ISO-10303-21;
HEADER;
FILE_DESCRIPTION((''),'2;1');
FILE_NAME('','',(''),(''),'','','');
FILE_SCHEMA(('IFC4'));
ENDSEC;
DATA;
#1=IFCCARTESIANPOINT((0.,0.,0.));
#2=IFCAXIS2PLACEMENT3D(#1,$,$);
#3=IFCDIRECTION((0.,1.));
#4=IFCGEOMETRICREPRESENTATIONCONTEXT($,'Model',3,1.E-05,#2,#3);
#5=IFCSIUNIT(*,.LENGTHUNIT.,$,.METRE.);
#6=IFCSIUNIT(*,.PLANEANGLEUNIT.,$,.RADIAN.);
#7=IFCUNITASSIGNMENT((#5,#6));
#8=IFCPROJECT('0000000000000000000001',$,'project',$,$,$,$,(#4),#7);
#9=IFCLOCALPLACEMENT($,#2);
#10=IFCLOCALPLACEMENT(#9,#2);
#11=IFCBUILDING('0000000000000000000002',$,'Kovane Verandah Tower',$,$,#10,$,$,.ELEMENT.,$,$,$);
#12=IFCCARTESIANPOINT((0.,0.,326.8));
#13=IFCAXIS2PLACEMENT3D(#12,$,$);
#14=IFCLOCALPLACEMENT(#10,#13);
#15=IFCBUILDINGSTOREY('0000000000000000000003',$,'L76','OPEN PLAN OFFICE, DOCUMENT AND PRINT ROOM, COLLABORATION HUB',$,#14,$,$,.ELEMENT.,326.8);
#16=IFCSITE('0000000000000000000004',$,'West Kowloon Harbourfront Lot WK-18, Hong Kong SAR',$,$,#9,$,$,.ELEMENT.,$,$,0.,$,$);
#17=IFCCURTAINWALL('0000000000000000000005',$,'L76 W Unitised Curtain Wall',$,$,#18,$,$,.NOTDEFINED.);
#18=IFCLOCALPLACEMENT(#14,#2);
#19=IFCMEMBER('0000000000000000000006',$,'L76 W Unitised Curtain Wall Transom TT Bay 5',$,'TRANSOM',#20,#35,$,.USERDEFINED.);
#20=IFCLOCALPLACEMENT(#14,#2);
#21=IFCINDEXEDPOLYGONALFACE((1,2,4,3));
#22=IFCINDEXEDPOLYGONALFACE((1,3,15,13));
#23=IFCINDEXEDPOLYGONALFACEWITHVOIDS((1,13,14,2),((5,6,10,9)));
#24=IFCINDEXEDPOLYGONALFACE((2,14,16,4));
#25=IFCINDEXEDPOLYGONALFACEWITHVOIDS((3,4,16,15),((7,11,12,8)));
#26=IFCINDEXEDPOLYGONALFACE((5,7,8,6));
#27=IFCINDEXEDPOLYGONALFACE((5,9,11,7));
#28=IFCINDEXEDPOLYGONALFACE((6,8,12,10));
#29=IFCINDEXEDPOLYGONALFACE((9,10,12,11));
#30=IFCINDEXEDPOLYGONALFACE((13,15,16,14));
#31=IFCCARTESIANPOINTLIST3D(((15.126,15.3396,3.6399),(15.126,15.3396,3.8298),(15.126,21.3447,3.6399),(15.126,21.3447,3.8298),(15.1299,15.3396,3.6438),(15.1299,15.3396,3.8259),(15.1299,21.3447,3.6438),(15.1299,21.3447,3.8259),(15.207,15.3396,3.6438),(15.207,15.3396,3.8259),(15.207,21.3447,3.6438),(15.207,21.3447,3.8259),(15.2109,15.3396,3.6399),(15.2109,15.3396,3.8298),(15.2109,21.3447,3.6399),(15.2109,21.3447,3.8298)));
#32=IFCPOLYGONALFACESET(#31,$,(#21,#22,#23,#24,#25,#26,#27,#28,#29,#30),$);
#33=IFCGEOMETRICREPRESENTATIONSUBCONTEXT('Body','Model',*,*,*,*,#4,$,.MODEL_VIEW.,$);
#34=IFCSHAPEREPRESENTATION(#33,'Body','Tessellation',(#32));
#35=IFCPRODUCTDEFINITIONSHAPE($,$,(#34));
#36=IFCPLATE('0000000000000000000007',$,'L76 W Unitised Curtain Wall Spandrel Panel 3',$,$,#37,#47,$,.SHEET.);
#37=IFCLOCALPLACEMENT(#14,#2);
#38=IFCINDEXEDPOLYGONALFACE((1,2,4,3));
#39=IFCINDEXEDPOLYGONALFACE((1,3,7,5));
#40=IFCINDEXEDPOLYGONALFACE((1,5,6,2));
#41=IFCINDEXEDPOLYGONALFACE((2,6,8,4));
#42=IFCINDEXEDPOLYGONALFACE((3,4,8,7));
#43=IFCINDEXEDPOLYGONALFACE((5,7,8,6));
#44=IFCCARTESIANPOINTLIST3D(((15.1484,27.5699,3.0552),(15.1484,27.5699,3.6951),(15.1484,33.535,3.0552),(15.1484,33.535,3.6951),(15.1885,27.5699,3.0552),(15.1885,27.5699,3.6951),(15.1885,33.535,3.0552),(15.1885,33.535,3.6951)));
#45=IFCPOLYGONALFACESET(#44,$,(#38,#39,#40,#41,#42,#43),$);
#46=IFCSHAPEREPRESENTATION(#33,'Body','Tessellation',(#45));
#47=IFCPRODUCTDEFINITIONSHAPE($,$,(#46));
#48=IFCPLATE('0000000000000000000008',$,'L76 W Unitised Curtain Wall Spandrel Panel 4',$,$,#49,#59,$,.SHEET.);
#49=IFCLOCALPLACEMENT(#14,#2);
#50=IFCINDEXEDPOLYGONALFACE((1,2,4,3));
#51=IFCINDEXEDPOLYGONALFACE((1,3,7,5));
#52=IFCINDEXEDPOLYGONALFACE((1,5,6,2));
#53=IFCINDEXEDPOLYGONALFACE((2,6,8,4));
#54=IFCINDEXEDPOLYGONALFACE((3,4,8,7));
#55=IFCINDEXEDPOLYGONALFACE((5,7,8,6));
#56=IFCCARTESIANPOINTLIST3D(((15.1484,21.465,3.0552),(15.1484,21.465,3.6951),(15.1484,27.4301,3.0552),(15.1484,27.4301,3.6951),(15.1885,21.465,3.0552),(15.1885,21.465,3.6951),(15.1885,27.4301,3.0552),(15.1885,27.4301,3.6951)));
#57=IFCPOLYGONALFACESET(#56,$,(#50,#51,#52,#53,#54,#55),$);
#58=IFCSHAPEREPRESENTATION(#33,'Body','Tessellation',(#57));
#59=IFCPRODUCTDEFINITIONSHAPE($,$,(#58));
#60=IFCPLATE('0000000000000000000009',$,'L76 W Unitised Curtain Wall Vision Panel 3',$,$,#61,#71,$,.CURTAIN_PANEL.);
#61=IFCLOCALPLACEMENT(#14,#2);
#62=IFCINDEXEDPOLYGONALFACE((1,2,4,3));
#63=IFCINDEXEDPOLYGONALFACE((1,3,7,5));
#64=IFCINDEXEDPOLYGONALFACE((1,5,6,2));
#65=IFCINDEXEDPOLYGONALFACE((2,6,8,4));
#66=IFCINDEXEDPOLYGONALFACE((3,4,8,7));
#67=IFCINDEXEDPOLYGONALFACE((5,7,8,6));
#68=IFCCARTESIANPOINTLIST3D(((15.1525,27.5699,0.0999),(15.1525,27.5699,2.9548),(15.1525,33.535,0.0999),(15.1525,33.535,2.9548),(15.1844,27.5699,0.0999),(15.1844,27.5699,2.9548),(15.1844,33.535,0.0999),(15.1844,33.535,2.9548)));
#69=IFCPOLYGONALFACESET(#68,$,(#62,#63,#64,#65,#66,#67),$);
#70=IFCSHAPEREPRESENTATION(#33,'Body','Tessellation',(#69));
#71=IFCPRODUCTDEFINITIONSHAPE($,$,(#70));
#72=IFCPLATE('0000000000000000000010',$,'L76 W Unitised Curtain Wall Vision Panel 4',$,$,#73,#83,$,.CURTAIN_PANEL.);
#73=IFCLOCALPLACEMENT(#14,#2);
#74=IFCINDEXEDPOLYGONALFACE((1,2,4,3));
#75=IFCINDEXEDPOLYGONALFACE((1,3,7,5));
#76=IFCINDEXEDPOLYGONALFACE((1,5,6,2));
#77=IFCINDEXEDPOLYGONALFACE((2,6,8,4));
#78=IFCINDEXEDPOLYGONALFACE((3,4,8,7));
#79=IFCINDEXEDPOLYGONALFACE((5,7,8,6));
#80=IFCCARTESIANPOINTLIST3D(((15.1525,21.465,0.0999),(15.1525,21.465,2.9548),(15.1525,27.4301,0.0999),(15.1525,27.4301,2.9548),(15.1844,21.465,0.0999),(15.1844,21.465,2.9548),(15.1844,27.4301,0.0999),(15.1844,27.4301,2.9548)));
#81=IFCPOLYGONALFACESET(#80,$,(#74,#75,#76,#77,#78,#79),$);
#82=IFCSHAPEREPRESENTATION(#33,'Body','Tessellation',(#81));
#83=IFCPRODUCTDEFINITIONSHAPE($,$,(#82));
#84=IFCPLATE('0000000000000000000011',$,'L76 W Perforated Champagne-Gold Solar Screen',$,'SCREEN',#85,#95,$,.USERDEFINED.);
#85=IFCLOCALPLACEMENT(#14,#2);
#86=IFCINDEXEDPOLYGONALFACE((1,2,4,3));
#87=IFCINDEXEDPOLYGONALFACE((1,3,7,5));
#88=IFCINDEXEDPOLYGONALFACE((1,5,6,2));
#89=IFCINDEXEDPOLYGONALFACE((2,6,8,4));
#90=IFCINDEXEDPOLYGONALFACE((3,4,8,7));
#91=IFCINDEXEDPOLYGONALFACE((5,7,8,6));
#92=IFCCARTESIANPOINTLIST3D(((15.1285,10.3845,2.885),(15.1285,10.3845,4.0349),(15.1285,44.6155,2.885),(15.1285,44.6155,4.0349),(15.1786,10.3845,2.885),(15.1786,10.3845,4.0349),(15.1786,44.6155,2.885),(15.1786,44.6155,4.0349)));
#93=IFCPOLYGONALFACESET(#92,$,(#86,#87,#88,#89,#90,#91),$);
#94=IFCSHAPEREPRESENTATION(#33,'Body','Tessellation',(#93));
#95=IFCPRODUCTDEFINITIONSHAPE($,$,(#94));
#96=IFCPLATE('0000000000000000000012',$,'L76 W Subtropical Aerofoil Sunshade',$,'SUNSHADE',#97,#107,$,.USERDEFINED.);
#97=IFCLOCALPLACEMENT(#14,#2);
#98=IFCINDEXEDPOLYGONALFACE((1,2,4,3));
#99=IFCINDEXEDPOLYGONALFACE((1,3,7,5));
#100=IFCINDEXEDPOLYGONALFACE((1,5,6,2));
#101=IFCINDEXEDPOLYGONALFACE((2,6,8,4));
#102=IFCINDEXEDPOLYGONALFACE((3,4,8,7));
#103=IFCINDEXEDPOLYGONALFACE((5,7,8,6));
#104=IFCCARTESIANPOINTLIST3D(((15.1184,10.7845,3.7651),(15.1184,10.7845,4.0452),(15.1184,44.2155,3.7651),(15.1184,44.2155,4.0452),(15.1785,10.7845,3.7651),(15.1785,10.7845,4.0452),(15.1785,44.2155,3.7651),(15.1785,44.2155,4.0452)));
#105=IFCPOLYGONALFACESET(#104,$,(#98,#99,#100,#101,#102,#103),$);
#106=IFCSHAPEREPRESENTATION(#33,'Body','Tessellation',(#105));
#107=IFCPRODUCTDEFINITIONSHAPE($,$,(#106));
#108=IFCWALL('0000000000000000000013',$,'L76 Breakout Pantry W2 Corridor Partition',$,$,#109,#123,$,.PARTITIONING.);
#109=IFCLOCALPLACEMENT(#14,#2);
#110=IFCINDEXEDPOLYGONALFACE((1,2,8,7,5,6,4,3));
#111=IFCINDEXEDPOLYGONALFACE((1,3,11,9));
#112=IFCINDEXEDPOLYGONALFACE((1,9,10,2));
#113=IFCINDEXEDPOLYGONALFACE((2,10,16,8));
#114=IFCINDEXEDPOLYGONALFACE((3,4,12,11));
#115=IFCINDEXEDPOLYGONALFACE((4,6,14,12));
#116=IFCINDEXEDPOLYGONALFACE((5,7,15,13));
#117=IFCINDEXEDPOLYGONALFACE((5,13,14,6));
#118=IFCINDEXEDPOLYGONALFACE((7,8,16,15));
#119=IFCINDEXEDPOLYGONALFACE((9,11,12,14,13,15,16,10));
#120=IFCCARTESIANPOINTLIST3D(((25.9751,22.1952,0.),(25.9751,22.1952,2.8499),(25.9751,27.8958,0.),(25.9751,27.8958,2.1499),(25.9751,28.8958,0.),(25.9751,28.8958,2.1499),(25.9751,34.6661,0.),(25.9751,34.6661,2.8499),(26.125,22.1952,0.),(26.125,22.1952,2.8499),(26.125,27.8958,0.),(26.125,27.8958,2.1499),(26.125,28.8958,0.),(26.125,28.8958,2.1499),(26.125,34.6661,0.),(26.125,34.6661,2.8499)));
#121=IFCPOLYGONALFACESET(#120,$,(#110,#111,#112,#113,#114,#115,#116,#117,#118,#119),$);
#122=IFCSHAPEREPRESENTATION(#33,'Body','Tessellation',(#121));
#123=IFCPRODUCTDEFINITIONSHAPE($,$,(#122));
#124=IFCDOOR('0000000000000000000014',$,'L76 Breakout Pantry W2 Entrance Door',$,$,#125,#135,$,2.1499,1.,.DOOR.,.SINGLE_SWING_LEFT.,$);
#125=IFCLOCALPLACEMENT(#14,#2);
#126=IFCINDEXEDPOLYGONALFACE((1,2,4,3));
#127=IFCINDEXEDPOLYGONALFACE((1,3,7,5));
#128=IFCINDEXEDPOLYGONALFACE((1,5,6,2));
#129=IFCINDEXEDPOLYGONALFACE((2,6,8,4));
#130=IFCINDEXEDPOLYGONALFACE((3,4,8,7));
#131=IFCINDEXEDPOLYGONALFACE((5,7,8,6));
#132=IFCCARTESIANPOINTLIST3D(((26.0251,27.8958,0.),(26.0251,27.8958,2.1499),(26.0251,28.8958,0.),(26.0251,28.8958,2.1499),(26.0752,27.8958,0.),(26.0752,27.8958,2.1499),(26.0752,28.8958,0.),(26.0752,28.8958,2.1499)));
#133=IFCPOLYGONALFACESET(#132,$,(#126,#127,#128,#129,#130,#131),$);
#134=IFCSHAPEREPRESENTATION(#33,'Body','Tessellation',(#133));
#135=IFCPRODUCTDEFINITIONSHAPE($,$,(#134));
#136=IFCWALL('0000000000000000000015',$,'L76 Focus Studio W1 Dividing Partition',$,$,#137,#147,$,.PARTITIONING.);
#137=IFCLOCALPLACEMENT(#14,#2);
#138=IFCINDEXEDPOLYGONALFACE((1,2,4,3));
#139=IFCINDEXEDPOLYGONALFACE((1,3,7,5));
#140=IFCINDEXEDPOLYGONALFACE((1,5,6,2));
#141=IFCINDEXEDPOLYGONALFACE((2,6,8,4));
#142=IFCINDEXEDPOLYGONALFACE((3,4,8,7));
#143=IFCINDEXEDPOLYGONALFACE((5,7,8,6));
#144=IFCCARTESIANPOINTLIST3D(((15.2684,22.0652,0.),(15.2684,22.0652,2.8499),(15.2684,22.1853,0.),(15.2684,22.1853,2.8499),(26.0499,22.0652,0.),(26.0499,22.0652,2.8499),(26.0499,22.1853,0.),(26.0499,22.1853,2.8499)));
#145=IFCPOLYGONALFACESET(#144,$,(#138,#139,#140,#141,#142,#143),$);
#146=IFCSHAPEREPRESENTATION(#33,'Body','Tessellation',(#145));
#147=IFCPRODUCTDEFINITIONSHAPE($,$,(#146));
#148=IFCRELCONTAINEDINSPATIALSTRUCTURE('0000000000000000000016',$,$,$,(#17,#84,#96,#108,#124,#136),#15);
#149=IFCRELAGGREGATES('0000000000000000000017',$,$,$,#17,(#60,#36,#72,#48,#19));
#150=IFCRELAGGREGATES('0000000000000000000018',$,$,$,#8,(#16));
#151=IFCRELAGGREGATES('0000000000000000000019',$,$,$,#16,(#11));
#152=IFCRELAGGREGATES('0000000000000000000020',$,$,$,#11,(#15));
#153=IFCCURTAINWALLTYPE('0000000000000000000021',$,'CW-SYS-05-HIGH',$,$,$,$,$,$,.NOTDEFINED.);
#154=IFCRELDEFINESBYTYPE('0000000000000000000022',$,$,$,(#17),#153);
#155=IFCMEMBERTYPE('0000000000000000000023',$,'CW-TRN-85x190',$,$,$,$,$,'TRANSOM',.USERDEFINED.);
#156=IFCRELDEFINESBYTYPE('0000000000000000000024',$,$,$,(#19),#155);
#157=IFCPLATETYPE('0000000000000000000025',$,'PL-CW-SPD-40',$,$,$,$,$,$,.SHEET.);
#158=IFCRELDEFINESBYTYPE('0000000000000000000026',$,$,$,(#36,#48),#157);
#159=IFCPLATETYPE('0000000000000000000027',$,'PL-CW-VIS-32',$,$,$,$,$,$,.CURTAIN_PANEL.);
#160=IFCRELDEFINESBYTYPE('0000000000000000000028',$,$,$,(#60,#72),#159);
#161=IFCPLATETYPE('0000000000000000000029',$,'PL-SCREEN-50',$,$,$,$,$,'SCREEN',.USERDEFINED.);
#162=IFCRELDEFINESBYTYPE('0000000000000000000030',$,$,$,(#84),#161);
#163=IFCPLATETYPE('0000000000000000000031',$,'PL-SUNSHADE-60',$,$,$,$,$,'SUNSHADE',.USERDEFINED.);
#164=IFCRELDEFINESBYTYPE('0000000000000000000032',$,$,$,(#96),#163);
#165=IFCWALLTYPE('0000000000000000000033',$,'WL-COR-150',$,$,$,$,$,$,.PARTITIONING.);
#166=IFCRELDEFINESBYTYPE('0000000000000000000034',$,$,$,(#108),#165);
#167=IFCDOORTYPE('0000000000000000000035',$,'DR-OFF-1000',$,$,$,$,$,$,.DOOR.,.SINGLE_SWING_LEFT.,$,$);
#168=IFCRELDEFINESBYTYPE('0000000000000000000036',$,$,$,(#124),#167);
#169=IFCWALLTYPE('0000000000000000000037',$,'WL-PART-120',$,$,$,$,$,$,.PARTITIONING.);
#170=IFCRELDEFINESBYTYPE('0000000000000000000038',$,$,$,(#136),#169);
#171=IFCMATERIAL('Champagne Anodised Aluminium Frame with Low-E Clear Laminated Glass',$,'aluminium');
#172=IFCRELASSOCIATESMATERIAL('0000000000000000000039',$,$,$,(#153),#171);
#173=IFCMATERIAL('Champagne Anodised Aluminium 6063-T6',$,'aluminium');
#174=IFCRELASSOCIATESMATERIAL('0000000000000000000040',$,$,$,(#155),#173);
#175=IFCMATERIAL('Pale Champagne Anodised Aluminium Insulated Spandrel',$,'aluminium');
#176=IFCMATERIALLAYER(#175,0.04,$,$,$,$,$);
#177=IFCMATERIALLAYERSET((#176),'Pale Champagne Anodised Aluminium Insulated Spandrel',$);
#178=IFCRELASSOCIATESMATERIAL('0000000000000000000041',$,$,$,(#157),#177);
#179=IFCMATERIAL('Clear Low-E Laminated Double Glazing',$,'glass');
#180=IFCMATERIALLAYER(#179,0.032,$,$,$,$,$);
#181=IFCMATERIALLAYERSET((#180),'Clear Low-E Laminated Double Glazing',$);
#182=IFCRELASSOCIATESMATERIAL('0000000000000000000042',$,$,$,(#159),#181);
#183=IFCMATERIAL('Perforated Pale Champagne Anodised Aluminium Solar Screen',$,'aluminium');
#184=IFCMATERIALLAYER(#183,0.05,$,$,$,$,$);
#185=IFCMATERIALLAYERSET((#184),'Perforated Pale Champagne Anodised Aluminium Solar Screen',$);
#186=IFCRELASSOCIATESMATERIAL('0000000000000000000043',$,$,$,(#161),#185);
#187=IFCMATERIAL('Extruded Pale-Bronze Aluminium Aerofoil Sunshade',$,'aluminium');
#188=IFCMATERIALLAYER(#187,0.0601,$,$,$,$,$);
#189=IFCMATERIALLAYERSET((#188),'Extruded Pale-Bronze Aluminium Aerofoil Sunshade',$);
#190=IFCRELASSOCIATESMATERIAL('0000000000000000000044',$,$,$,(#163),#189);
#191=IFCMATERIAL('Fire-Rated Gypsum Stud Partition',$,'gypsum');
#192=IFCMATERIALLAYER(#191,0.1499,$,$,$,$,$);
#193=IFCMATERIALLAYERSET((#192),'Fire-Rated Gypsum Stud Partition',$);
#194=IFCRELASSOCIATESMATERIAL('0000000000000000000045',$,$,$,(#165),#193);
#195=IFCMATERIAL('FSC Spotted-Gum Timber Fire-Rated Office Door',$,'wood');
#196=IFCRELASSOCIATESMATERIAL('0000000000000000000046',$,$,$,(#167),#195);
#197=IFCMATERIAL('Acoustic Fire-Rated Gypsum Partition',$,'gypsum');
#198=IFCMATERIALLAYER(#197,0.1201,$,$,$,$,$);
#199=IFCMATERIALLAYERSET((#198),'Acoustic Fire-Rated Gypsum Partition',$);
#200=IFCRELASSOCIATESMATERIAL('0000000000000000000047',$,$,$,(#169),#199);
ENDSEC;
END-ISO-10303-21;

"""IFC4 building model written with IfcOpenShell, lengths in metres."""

from ifc_helpers import new_model, si_unit, direction, frame, frame_2d, origin, origin_2d, place, context, subcontext, project, spatial, rectangle, hollow_rectangle, extrude, material, layer, layer_set, material_profile, profile_set, type_object, element, fill, aggregate, save


model = new_model("IFC4")

# Units and contexts
model_context = context("Model", 3, precision=1e-05, world=origin(), true_north=direction((0.0, 1.0)))
body_context = subcontext(model_context, "Body", "Model", "MODEL_VIEW")
ifc_project = project(units=[si_unit("LENGTHUNIT", "METRE"), si_unit("PLANEANGLEUNIT", "RADIAN")], contexts=[model_context])

# Site, building, storey
site_placement = place(None, origin())
site = spatial("IfcSite", under=ifc_project, at=site_placement, Name="West Kowloon Harbourfront Lot WK-18, Hong Kong SAR", CompositionType="ELEMENT", RefElevation=0.0)
building_placement = place(site_placement, origin())
building = spatial("IfcBuilding", under=site, at=building_placement, Name="Kovane Verandah Tower", CompositionType="ELEMENT")
storey_placement = place(building_placement, frame((0.0, 0.0, 326.8)))
storey = spatial("IfcBuildingStorey", under=building, at=storey_placement, Name="L76", Description="OPEN PLAN OFFICE, DOCUMENT AND PRINT ROOM, COLLABORATION HUB", CompositionType="ELEMENT", Elevation=326.8)

# Curtain wall, member, plates
ifc_material_1 = material(Name="Champagne Anodised Aluminium Frame with Low-E Clear Laminated Glass", Category="aluminium")
curtain_wall_type = type_object("IfcCurtainWallType", Name="CW-SYS-05-HIGH", PredefinedType="NOTDEFINED", material=ifc_material_1)
curtain_wall_placement = place(storey_placement, origin())
curtain_wall = element("IfcCurtainWall", 1, at=curtain_wall_placement, inside=storey, type_object=curtain_wall_type, Name="L76 W Unitised Curtain Wall", PredefinedType="NOTDEFINED")
ifc_material_2 = material(Name="Champagne Anodised Aluminium 6063-T6", Category="aluminium")
ifc_material_profile_1 = material_profile(ifc_material_2, hollow_rectangle(XDim=0.085, YDim=0.1899, WallThickness=0.0039, at=origin_2d()), Name="AL85x190x4")
ifc_profile_set_1 = profile_set([ifc_material_profile_1], Name="Champagne Anodised Aluminium 6063-T6")
member_type_1 = type_object("IfcMemberType", Name="CW-TRN-85x190", ElementType="TRANSOM", PredefinedType="USERDEFINED", material=ifc_profile_set_1)
member_1_placement = place(storey_placement, frame((15.1685, 21.3447, 3.7349), z_axis=(0.0, -1.0, 0.0), x_axis=(1.0, 0.0, 0.0)))
member_1 = element("IfcMember", 2, at=member_1_placement, type_object=member_type_1, Name="L76 W Unitised Curtain Wall Transom TT Bay 5", ObjectType="TRANSOM", PredefinedType="USERDEFINED", context=body_context, shape_type="SweptSolid", body=[
    extrude(hollow_rectangle(XDim=0.085, YDim=0.1899, WallThickness=0.0039, at=origin_2d()), origin(), (0.0, 0.0, 1.0), 6.0051),
])
ifc_material_3 = material(Name="Pale Champagne Anodised Aluminium Insulated Spandrel", Category="aluminium")
ifc_layer_1 = layer(ifc_material_3, 0.04)
ifc_layer_set_1 = layer_set([ifc_layer_1], Name="Pale Champagne Anodised Aluminium Insulated Spandrel")
plate_type_1 = type_object("IfcPlateType", Name="PL-CW-SPD-40", PredefinedType="SHEET", material=ifc_layer_set_1)
plate_1_placement = place(storey_placement, frame((15.1685, 30.5525, 3.0552), z_axis=(0.0, 0.0, 1.0), x_axis=(0.0, -1.0, 0.0)))
plate_1 = element("IfcPlate", 3, at=plate_1_placement, type_object=plate_type_1, Name="L76 W Unitised Curtain Wall Spandrel Panel 3", PredefinedType="SHEET", context=body_context, shape_type="SweptSolid", body=[
    extrude(rectangle(XDim=5.9651, YDim=0.04, at=origin_2d()), origin(), (0.0, 0.0, 1.0), 0.6399),
])
plate_2_placement = place(storey_placement, frame((15.1685, 24.4475, 3.0552), z_axis=(0.0, 0.0, 1.0), x_axis=(0.0, -1.0, 0.0)))
plate_2 = element("IfcPlate", 4, at=plate_2_placement, type_object=plate_type_1, Name="L76 W Unitised Curtain Wall Spandrel Panel 4", PredefinedType="SHEET", context=body_context, shape_type="SweptSolid", body=[
    extrude(rectangle(XDim=5.9651, YDim=0.04, at=origin_2d()), origin(), (0.0, 0.0, 1.0), 0.6399),
])
ifc_material_4 = material(Name="Clear Low-E Laminated Double Glazing", Category="glass")
ifc_layer_2 = layer(ifc_material_4, 0.032)
ifc_layer_set_2 = layer_set([ifc_layer_2], Name="Clear Low-E Laminated Double Glazing")
plate_type_2 = type_object("IfcPlateType", Name="PL-CW-VIS-32", PredefinedType="CURTAIN_PANEL", material=ifc_layer_set_2)
plate_3_placement = place(storey_placement, frame((15.1685, 30.5525, 0.0999), z_axis=(0.0, 0.0, 1.0), x_axis=(0.0, -1.0, 0.0)))
plate_3 = element("IfcPlate", 5, at=plate_3_placement, type_object=plate_type_2, Name="L76 W Unitised Curtain Wall Vision Panel 3", PredefinedType="CURTAIN_PANEL", context=body_context, shape_type="SweptSolid", body=[
    extrude(rectangle(XDim=5.9651, YDim=0.032, at=origin_2d()), origin(), (0.0, 0.0, 1.0), 2.855),
])
plate_4_placement = place(storey_placement, frame((15.1685, 24.4475, 0.0999), z_axis=(0.0, 0.0, 1.0), x_axis=(0.0, -1.0, 0.0)))
plate_4 = element("IfcPlate", 6, at=plate_4_placement, type_object=plate_type_2, Name="L76 W Unitised Curtain Wall Vision Panel 4", PredefinedType="CURTAIN_PANEL", context=body_context, shape_type="SweptSolid", body=[
    extrude(rectangle(XDim=5.9651, YDim=0.032, at=origin_2d()), origin(), (0.0, 0.0, 1.0), 2.855),
])
aggregate(curtain_wall, [plate_3, plate_1, plate_4, plate_2, member_1])

# Plates
ifc_material_5 = material(Name="Perforated Pale Champagne Anodised Aluminium Solar Screen", Category="aluminium")
ifc_layer_3 = layer(ifc_material_5, 0.05)
ifc_layer_set_3 = layer_set([ifc_layer_3], Name="Perforated Pale Champagne Anodised Aluminium Solar Screen")
plate_type_3 = type_object("IfcPlateType", Name="PL-SCREEN-50", ElementType="SCREEN", PredefinedType="USERDEFINED", material=ifc_layer_set_3)
plate_5_placement = place(storey_placement, frame((15.1536, 27.5, 2.885), z_axis=(0.0, 0.0, 1.0), x_axis=(0.0, -1.0, 0.0)))
element("IfcPlate", 7, at=plate_5_placement, inside=storey, type_object=plate_type_3, Name="L76 W Perforated Champagne-Gold Solar Screen", ObjectType="SCREEN", PredefinedType="USERDEFINED", context=body_context, shape_type="SweptSolid", body=[
    extrude(rectangle(XDim=34.231, YDim=0.05, at=origin_2d()), origin(), (0.0, 0.0, 1.0), 1.1499),
])
ifc_material_6 = material(Name="Extruded Pale-Bronze Aluminium Aerofoil Sunshade", Category="aluminium")
ifc_layer_4 = layer(ifc_material_6, 0.0601)
ifc_layer_set_4 = layer_set([ifc_layer_4], Name="Extruded Pale-Bronze Aluminium Aerofoil Sunshade")
plate_type_4 = type_object("IfcPlateType", Name="PL-SUNSHADE-60", ElementType="SUNSHADE", PredefinedType="USERDEFINED", material=ifc_layer_set_4)
plate_6_placement = place(storey_placement, frame((15.1484, 27.5, 3.7651), z_axis=(0.0, 0.0, 1.0), x_axis=(0.0, -1.0, 0.0)))
element("IfcPlate", 8, at=plate_6_placement, inside=storey, type_object=plate_type_4, Name="L76 W Subtropical Aerofoil Sunshade", ObjectType="SUNSHADE", PredefinedType="USERDEFINED", context=body_context, shape_type="SweptSolid", body=[
    extrude(rectangle(XDim=33.4309, YDim=0.0601, at=origin_2d()), origin(), (0.0, 0.0, 1.0), 0.28),
])

# Wall, opening, door
ifc_material_7 = material(Name="Fire-Rated Gypsum Stud Partition", Category="gypsum")
ifc_layer_5 = layer(ifc_material_7, 0.1499)
ifc_layer_set_5 = layer_set([ifc_layer_5], Name="Fire-Rated Gypsum Stud Partition")
wall_type_1 = type_object("IfcWallType", Name="WL-COR-150", PredefinedType="PARTITIONING", material=ifc_layer_set_5)
wall_1_placement = place(storey_placement, frame((26.05, 22.1953, 0.0), z_axis=(0.0, 0.0, 1.0), x_axis=(0.0, 1.0, 0.0)))
wall_1 = element("IfcWall", 9, at=wall_1_placement, inside=storey, type_object=wall_type_1, Name="L76 Breakout Pantry W2 Corridor Partition", PredefinedType="PARTITIONING", context=body_context, shape_type="SweptSolid", body=[
    extrude(rectangle(XDim=12.4709, YDim=0.1499, at=frame_2d((6.2354, 0.0))), origin(), (0.0, 0.0, 1.0), 2.8499),
])
opening_placement = place(wall_1_placement, frame((5.7004, 0.0, 0.0)))
opening = element("IfcOpeningElement", 10, at=opening_placement, cuts=wall_1, PredefinedType="OPENING", context=body_context, shape_type="SweptSolid", body=[
    extrude(rectangle(XDim=1.0, YDim=2.1499, at=frame_2d((0.5, 1.075))), frame((0.0, 0.075, 0.0), z_axis=(0.0, -1.0, 0.0), x_axis=(1.0, 0.0, 0.0)), (0.0, 0.0, 1.0), 0.1499),
])
ifc_material_8 = material(Name="FSC Spotted-Gum Timber Fire-Rated Office Door", Category="wood")
door_type = type_object("IfcDoorType", Name="DR-OFF-1000", OperationType="SINGLE_SWING_LEFT", PredefinedType="DOOR", material=ifc_material_8)
door_placement = place(opening_placement, origin())
door = element("IfcDoor", 11, at=door_placement, inside=storey, type_object=door_type, Name="L76 Breakout Pantry W2 Entrance Door", OperationType="SINGLE_SWING_LEFT", OverallHeight=2.1499, OverallWidth=1.0, PredefinedType="DOOR", context=body_context, shape_type="SweptSolid", body=[
    extrude(rectangle(XDim=1.0, YDim=2.1499, at=frame_2d((0.5, 1.075))), frame((0.0, 0.0249, 0.0), z_axis=(0.0, -1.0, 0.0), x_axis=(1.0, 0.0, 0.0)), (0.0, 0.0, 1.0), 0.05),
])
fill(opening, door)

# Wall
ifc_material_9 = material(Name="Acoustic Fire-Rated Gypsum Partition", Category="gypsum")
ifc_layer_6 = layer(ifc_material_9, 0.1201)
ifc_layer_set_6 = layer_set([ifc_layer_6], Name="Acoustic Fire-Rated Gypsum Partition")
wall_type_2 = type_object("IfcWallType", Name="WL-PART-120", PredefinedType="PARTITIONING", material=ifc_layer_set_6)
wall_2_placement = place(storey_placement, frame((15.2686, 22.1252, 0.0), z_axis=(0.0, 0.0, 1.0), x_axis=(1.0, 0.0, 0.0)))
element("IfcWall", 12, at=wall_2_placement, inside=storey, type_object=wall_type_2, Name="L76 Focus Studio W1 Dividing Partition", PredefinedType="PARTITIONING", context=body_context, shape_type="SweptSolid", body=[
    extrude(rectangle(XDim=10.7815, YDim=0.1201, at=frame_2d((5.3906, 0.0))), origin(), (0.0, 0.0, 1.0), 2.8499),
])

save(model, "model.ifc")
